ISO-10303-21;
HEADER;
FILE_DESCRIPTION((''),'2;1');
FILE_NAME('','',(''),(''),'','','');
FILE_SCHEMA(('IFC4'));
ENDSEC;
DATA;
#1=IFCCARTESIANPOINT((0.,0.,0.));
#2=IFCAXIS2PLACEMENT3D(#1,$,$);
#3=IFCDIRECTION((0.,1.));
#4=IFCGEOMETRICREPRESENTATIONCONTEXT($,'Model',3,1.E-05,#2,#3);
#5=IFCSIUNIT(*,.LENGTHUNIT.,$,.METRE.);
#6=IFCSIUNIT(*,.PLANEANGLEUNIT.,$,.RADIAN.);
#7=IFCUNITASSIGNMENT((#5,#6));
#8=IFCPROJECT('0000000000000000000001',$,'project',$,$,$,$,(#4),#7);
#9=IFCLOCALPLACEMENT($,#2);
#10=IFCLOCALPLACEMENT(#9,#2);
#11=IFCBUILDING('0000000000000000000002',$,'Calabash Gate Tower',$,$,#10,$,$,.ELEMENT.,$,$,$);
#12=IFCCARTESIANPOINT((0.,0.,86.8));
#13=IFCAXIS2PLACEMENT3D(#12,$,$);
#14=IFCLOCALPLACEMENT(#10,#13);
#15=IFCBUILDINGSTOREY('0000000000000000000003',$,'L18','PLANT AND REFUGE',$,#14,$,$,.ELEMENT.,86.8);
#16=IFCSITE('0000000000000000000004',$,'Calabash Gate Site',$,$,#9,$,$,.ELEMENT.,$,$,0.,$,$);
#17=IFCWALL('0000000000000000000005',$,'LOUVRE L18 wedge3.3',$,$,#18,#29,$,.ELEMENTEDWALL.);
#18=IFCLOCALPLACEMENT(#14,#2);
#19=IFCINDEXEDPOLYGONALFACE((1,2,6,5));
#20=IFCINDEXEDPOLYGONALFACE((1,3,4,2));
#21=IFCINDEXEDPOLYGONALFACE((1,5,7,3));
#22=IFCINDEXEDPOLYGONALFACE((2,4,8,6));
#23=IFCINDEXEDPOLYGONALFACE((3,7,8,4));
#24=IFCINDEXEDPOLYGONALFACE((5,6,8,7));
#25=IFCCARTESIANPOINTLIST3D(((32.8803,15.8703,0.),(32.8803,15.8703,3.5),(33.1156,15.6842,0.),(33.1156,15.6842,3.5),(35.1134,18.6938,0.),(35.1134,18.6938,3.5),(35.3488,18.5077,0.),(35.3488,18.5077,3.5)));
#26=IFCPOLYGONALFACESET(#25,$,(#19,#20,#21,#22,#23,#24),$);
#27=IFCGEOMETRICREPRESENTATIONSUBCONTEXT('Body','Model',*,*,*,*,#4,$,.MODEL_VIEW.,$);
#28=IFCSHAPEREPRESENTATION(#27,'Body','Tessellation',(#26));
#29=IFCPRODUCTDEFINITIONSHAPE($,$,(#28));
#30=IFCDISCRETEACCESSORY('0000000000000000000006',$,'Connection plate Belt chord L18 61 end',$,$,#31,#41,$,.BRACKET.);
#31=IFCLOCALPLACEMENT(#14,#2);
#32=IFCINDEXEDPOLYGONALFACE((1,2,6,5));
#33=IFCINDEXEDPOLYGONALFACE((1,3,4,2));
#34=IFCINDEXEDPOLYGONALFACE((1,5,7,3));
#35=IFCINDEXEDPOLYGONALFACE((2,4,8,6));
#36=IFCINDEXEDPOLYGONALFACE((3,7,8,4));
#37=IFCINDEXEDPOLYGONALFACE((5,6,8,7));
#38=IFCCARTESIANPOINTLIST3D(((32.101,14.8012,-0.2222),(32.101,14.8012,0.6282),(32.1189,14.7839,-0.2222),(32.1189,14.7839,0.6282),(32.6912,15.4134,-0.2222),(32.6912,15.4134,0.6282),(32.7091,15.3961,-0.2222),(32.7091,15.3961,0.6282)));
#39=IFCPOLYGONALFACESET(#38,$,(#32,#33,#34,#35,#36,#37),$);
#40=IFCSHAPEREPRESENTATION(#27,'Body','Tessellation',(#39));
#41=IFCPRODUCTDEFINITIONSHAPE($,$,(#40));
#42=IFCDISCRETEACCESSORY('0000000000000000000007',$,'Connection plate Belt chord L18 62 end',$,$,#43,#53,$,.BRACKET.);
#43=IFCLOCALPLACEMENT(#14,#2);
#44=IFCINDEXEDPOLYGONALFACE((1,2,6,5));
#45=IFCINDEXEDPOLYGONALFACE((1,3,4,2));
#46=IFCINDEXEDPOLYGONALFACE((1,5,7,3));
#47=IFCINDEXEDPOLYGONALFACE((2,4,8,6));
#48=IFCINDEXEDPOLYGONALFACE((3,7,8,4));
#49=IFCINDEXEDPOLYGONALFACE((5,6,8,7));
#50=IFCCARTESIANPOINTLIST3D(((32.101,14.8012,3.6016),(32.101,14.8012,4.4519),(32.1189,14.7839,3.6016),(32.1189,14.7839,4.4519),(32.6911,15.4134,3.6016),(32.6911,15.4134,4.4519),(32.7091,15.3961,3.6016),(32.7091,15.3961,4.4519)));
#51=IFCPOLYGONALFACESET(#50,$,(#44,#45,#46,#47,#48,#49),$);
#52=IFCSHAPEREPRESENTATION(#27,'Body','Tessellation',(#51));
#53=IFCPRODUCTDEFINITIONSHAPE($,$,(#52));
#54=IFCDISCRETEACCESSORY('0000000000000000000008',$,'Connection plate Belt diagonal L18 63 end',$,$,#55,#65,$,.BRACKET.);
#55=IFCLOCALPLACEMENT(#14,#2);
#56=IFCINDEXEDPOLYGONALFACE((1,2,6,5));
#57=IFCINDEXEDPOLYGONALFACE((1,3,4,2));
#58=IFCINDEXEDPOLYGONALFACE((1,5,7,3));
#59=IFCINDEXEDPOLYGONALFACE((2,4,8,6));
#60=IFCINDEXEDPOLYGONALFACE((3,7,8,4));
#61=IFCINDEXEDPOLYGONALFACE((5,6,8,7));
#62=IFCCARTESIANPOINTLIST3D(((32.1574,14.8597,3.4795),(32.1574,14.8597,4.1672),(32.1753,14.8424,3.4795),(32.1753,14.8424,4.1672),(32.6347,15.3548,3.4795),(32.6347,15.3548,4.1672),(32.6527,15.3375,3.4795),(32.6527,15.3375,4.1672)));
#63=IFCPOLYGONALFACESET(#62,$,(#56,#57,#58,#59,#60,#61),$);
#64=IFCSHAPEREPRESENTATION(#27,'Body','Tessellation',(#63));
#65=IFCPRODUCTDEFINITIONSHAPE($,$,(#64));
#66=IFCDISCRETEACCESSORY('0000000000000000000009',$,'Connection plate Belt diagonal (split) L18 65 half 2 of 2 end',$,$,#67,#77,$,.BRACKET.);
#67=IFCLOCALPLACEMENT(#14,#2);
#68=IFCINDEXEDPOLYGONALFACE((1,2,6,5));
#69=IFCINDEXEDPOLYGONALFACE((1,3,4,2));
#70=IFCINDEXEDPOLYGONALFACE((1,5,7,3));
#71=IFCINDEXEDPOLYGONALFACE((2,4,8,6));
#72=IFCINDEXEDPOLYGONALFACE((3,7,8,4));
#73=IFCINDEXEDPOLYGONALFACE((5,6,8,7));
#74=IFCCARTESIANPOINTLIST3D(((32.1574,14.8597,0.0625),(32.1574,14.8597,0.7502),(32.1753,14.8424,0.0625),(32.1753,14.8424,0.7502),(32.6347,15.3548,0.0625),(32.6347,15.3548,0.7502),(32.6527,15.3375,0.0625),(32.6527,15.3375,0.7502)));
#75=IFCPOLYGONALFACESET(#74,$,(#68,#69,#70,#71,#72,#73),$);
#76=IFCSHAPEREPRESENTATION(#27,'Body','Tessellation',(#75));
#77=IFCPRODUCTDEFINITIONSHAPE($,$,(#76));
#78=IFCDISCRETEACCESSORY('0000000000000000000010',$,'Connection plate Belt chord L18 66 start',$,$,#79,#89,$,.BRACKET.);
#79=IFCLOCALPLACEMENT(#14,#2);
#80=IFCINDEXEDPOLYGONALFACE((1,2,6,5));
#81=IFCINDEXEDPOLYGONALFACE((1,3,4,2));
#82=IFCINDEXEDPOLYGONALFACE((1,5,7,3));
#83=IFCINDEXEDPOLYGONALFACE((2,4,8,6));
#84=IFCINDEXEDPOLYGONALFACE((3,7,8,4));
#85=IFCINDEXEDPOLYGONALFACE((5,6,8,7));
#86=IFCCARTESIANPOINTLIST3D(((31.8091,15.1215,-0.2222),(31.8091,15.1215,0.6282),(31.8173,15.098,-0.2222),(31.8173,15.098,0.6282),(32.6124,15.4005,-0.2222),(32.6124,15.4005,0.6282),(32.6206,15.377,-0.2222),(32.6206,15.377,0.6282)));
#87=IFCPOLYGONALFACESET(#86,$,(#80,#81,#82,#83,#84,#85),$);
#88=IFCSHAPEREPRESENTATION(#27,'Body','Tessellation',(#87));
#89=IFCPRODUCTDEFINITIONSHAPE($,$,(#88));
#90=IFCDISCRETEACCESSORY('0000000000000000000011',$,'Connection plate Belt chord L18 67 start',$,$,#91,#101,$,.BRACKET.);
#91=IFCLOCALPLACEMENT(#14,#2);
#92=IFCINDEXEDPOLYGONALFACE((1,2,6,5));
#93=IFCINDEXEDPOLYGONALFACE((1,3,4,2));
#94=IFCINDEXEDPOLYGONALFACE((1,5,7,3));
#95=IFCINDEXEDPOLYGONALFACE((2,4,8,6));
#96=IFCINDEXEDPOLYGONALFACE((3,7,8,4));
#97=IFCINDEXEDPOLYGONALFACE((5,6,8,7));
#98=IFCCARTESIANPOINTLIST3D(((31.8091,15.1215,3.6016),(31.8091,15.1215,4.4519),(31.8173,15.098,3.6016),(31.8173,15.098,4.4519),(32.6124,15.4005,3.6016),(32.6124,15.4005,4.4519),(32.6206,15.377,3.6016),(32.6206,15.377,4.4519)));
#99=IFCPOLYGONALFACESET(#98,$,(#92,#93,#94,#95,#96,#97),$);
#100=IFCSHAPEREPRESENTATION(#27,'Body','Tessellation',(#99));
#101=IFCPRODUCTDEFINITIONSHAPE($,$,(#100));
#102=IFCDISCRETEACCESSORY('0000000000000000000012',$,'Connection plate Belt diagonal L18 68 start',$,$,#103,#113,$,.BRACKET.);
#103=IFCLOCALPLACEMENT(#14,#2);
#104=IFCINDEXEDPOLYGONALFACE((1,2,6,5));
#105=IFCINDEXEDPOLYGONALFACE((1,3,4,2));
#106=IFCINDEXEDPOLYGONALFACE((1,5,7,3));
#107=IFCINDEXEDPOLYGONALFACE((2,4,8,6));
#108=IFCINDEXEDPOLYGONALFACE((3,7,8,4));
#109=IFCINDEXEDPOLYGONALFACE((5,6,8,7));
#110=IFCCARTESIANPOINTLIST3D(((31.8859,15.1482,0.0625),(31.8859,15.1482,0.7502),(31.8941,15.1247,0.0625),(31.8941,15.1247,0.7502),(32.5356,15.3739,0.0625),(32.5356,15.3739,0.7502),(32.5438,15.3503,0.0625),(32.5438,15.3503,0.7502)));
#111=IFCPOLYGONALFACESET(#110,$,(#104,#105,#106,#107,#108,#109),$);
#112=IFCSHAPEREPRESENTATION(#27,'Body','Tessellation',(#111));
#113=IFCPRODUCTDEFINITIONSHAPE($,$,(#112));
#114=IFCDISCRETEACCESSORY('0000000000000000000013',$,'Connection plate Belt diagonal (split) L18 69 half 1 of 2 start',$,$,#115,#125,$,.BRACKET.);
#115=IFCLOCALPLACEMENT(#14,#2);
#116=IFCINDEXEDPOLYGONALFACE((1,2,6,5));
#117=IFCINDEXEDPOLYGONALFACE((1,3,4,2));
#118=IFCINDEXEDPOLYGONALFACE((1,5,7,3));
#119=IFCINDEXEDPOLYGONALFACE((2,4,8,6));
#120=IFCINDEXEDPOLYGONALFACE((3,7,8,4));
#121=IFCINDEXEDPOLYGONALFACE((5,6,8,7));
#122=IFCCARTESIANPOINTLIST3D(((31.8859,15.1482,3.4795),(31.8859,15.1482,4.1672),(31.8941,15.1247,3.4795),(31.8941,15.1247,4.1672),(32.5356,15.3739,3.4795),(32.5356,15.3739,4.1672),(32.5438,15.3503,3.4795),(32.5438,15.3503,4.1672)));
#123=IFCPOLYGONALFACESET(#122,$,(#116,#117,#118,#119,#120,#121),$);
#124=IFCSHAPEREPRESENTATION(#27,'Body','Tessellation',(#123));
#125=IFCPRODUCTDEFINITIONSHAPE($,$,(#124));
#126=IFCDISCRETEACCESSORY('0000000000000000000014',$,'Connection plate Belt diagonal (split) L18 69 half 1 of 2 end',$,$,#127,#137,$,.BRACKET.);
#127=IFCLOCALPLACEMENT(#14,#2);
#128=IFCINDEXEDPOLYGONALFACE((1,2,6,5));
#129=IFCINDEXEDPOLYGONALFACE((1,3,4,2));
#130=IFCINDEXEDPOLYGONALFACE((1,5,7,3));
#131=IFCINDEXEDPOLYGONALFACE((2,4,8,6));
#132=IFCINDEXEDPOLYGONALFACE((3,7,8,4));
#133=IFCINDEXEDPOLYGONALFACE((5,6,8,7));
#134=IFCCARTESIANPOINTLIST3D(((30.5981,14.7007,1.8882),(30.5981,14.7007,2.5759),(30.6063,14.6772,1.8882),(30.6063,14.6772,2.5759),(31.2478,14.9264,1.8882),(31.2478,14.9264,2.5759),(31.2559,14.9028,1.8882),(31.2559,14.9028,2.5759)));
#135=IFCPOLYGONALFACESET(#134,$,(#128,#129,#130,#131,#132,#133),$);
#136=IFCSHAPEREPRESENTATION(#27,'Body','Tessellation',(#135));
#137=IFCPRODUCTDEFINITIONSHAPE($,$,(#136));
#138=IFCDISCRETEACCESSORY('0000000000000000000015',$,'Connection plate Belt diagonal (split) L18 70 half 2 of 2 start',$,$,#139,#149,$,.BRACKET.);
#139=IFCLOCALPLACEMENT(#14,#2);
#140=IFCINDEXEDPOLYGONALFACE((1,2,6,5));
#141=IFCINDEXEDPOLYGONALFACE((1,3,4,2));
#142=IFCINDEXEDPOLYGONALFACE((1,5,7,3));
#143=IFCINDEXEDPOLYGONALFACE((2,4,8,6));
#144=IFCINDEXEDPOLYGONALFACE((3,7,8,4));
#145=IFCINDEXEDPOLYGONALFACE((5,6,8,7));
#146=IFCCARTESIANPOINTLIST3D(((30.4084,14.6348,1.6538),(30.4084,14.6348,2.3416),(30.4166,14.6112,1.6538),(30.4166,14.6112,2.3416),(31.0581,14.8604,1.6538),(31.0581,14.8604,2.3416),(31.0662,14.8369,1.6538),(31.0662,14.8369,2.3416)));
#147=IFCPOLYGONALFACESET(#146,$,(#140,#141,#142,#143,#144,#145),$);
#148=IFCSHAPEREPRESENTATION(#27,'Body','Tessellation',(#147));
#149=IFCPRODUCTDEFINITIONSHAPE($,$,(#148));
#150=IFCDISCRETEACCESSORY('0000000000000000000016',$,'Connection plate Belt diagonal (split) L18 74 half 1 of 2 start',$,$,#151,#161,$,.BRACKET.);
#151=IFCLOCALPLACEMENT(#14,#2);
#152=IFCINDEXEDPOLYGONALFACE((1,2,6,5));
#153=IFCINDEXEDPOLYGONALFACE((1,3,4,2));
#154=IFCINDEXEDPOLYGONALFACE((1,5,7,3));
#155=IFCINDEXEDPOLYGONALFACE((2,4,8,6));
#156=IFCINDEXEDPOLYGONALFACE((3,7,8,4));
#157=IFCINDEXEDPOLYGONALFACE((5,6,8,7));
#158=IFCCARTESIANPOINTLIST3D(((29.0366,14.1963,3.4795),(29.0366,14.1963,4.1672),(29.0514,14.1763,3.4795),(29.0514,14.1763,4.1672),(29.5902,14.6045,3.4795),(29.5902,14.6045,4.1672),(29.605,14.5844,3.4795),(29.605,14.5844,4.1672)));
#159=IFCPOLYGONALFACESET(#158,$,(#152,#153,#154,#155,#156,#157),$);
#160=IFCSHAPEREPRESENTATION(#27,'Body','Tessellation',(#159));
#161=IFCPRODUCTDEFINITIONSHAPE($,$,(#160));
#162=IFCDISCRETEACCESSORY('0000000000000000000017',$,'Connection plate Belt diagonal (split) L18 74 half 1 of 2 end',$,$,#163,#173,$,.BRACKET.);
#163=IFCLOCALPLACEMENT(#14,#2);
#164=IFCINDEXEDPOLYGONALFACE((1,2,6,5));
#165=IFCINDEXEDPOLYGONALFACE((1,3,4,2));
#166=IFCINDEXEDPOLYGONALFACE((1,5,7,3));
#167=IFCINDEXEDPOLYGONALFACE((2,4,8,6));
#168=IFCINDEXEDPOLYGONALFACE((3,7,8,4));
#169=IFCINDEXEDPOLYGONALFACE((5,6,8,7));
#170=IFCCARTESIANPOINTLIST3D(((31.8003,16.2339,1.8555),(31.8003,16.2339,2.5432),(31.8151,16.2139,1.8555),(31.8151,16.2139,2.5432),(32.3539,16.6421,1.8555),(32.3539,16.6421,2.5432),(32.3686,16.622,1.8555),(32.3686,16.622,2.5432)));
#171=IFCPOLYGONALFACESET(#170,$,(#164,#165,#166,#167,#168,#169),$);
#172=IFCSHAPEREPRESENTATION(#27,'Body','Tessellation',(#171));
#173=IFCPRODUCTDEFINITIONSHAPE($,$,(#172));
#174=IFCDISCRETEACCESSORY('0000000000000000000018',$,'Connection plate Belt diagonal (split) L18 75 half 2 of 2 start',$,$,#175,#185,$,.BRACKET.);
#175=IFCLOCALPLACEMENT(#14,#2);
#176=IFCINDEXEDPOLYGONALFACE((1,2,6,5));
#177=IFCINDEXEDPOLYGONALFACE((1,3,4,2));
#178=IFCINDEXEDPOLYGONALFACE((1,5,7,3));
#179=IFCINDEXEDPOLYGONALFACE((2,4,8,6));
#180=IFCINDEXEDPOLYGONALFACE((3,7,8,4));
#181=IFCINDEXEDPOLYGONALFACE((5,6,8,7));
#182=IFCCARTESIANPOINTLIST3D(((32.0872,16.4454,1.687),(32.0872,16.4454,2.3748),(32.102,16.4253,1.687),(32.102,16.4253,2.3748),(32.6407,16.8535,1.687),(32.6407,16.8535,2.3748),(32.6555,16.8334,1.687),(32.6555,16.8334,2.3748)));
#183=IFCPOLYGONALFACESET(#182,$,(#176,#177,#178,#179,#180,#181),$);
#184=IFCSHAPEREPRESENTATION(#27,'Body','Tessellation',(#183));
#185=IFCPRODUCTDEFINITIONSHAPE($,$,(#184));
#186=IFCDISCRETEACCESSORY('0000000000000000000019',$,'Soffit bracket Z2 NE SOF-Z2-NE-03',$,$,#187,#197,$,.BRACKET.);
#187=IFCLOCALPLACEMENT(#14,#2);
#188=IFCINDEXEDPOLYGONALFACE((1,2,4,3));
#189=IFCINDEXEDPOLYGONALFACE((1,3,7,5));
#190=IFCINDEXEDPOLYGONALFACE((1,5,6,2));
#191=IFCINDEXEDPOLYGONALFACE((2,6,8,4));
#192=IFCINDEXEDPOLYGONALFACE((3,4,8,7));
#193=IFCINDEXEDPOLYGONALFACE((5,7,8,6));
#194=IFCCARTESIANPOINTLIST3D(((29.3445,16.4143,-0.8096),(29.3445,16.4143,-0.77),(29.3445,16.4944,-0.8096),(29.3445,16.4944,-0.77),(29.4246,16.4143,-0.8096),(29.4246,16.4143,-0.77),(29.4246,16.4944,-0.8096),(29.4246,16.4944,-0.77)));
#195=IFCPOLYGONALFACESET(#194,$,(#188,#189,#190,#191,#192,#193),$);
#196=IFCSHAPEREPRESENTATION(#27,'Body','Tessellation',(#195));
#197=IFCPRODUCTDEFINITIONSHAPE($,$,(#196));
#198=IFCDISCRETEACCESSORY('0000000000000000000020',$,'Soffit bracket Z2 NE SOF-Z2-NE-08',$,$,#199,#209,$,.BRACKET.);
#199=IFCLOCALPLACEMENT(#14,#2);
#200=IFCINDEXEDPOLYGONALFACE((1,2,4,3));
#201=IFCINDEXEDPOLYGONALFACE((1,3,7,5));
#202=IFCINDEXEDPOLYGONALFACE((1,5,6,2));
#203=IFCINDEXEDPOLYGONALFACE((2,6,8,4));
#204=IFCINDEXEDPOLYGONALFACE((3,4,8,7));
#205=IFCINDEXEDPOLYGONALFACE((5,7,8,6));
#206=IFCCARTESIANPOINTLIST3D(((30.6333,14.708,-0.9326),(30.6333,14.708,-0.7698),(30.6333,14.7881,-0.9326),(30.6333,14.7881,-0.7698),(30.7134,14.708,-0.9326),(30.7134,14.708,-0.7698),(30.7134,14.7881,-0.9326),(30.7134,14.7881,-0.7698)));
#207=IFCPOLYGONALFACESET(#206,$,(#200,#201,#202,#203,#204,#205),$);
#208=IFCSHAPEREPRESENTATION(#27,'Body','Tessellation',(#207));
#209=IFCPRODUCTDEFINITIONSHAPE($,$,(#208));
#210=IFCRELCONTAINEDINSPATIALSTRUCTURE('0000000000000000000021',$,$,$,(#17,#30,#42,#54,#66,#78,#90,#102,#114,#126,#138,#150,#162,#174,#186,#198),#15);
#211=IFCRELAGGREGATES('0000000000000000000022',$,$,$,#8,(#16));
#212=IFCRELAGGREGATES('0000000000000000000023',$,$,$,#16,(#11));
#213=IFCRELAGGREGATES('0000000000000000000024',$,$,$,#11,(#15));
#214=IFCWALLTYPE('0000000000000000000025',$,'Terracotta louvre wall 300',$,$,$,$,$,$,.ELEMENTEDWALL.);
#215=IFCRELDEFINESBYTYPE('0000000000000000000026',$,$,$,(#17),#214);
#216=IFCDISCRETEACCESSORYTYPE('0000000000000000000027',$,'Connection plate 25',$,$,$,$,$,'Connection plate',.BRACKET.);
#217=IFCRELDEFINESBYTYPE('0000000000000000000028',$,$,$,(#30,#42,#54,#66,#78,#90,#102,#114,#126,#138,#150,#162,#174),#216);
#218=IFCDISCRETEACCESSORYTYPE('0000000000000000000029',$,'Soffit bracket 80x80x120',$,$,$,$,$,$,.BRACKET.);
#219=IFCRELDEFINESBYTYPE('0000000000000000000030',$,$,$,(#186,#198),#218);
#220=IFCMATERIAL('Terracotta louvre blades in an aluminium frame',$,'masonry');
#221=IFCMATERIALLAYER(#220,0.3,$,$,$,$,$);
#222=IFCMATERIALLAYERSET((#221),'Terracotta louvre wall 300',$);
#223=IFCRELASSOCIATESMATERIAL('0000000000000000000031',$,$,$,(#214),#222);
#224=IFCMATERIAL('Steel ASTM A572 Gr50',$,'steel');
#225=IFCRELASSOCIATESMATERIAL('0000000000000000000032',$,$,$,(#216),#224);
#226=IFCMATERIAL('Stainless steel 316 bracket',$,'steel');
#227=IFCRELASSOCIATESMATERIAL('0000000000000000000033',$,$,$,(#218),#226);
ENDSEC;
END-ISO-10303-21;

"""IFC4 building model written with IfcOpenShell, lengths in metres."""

from ifc_helpers import new_model, si_unit, direction, frame, frame_2d, origin, origin_2d, place, context, subcontext, project, spatial, rectangle, extrude, material, layer, layer_set, type_object, element, save


model = new_model("IFC4")

# Units and contexts
model_context = context("Model", 3, precision=1e-05, world=origin(), true_north=direction((0.0, 1.0)))
body_context = subcontext(model_context, "Body", "Model", "MODEL_VIEW")
ifc_project = project(units=[si_unit("LENGTHUNIT", "METRE"), si_unit("PLANEANGLEUNIT", "RADIAN")], contexts=[model_context])

# Site, building, storey
site_placement = place(None, origin())
site = spatial("IfcSite", under=ifc_project, at=site_placement, Name="Calabash Gate Site", CompositionType="ELEMENT", RefElevation=0.0)
building_placement = place(site_placement, origin())
building = spatial("IfcBuilding", under=site, at=building_placement, Name="Calabash Gate Tower", CompositionType="ELEMENT")
storey_placement = place(building_placement, frame((0.0, 0.0, 86.8)))
storey = spatial("IfcBuildingStorey", under=building, at=storey_placement, Name="L18", Description="PLANT AND REFUGE", CompositionType="ELEMENT", Elevation=86.8)

# Wall
ifc_material_1 = material(Name="Terracotta louvre blades in an aluminium frame", Category="masonry")
ifc_layer_1 = layer(ifc_material_1, 0.3)
ifc_layer_set_1 = layer_set([ifc_layer_1], Name="Terracotta louvre wall 300")
wall_type = type_object("IfcWallType", Name="Terracotta louvre wall 300", PredefinedType="ELEMENTEDWALL", material=ifc_layer_set_1)
wall_placement = place(storey_placement, frame((32.998, 15.7773, 0.0), z_axis=(0.0, 0.0, 1.0), x_axis=(0.620343, 0.78433, 0.0)))
element("IfcWall", 1, at=wall_placement, inside=storey, type_object=wall_type, Name="LOUVRE L18 wedge3.3", PredefinedType="ELEMENTEDWALL", context=body_context, shape_type="SweptSolid", body=[
    extrude(rectangle(XDim=3.5999, YDim=0.3, at=frame_2d((1.7998, 0.0))), origin(), (0.0, 0.0, 1.0), 3.5),
])

# Discrete accessories
ifc_material_2 = material(Name="Steel ASTM A572 Gr50", Category="steel")
discrete_accessory_type_1 = type_object("IfcDiscreteAccessoryType", Name="Connection plate 25", ElementType="Connection plate", PredefinedType="BRACKET", material=ifc_material_2)
for number, where, z_axis, x_axis, name in (
    (2, (32.405, 15.0986, -0.2222), (0.0, 0.0, 1.0), (0.694062, 0.719915, 0.0), "Connection plate Belt chord L18 61 end"),
    (3, (32.405, 15.0986, 3.6016), (0.0, 0.0, 1.0), (0.694001, 0.719974, 0.0), "Connection plate Belt chord L18 62 end"),
):
    element("IfcDiscreteAccessory", number, at=place(storey_placement, frame(where, z_axis=z_axis, x_axis=x_axis)), inside=storey, type_object=discrete_accessory_type_1, Name=name, PredefinedType="BRACKET", context=body_context, shape_type="SweptSolid", body=[
        extrude(rectangle(XDim=0.8503, YDim=0.0249, at=origin_2d()), origin(), (0.0, 0.0, 1.0), 0.8503),
    ])
for number, where, z_axis, x_axis, name in (
    (4, (32.405, 15.0986, 3.4795), (0.0, 0.0, 1.0), (0.694062, 0.719915, 0.0), "Connection plate Belt diagonal L18 63 end"),
    (5, (32.405, 15.0986, 0.0625), (0.0, 0.0, 1.0), (0.694062, 0.719915, 0.0), "Connection plate Belt diagonal (split) L18 65 half 2 of 2 end"),
):
    element("IfcDiscreteAccessory", number, at=place(storey_placement, frame(where, z_axis=z_axis, x_axis=x_axis)), inside=storey, type_object=discrete_accessory_type_1, Name=name, PredefinedType="BRACKET", context=body_context, shape_type="SweptSolid", body=[
        extrude(rectangle(XDim=0.6877, YDim=0.0249, at=origin_2d()), origin(), (0.0, 0.0, 1.0), 0.6877),
    ])
for number, where, z_axis, x_axis, name in (
    (6, (32.2148, 15.2493, -0.2222), (0.0, 0.0, 1.0), (-0.944637, -0.328118, 0.0), "Connection plate Belt chord L18 66 start"),
    (7, (32.2148, 15.2493, 3.6016), (0.0, 0.0, 1.0), (-0.944637, -0.328118, 0.0), "Connection plate Belt chord L18 67 start"),
):
    element("IfcDiscreteAccessory", number, at=place(storey_placement, frame(where, z_axis=z_axis, x_axis=x_axis)), inside=storey, type_object=discrete_accessory_type_1, Name=name, PredefinedType="BRACKET", context=body_context, shape_type="SweptSolid", body=[
        extrude(rectangle(XDim=0.8503, YDim=0.0249, at=origin_2d()), origin(), (0.0, 0.0, 1.0), 0.8503),
    ])
for number, where, z_axis, x_axis, name in (
    (8, (32.2148, 15.2493, 0.0625), (0.0, 0.0, 1.0), (-0.944637, -0.328118, 0.0), "Connection plate Belt diagonal L18 68 start"),
    (9, (32.2148, 15.2493, 3.4795), (0.0, 0.0, 1.0), (-0.944637, -0.328118, 0.0), "Connection plate Belt diagonal (split) L18 69 half 1 of 2 start"),
    (10, (30.927, 14.8018, 1.8882), (0.0, 0.0, 1.0), (-0.944637, -0.328118, 0.0), "Connection plate Belt diagonal (split) L18 69 half 1 of 2 end"),
    (11, (30.7373, 14.7358, 1.6538), (0.0, 0.0, 1.0), (-0.944637, -0.328118, 0.0), "Connection plate Belt diagonal (split) L18 70 half 2 of 2 start"),
    (12, (29.3208, 14.3904, 3.4795), (0.0, 0.0, 1.0), (0.80488, 0.593438, 0.0), "Connection plate Belt diagonal (split) L18 74 half 1 of 2 start"),
    (13, (32.0845, 16.428, 1.8555), (0.0, 0.0, 1.0), (0.80488, 0.593438, 0.0), "Connection plate Belt diagonal (split) L18 74 half 1 of 2 end"),
    (14, (32.3713, 16.6394, 1.687), (0.0, 0.0, 1.0), (0.80488, 0.593438, 0.0), "Connection plate Belt diagonal (split) L18 75 half 2 of 2 start"),
):
    element("IfcDiscreteAccessory", number, at=place(storey_placement, frame(where, z_axis=z_axis, x_axis=x_axis)), inside=storey, type_object=discrete_accessory_type_1, Name=name, PredefinedType="BRACKET", context=body_context, shape_type="SweptSolid", body=[
        extrude(rectangle(XDim=0.6877, YDim=0.0249, at=origin_2d()), origin(), (0.0, 0.0, 1.0), 0.6877),
    ])
ifc_material_3 = material(Name="Stainless steel 316 bracket", Category="steel")
discrete_accessory_type_2 = type_object("IfcDiscreteAccessoryType", Name="Soffit bracket 80x80x120", PredefinedType="BRACKET", material=ifc_material_3)
discrete_accessory_1_placement = place(storey_placement, frame((29.3845, 16.4543, -0.8096), z_axis=(0.0, 0.0, 1.0), x_axis=(1.0, 0.0, 0.0)))
element("IfcDiscreteAccessory", 15, at=discrete_accessory_1_placement, inside=storey, type_object=discrete_accessory_type_2, Name="Soffit bracket Z2 NE SOF-Z2-NE-03", PredefinedType="BRACKET", context=body_context, shape_type="SweptSolid", body=[
    extrude(rectangle(XDim=0.0801, YDim=0.0801, at=origin_2d()), origin(), (0.0, 0.0, 1.0), 0.0396),
])
discrete_accessory_2_placement = place(storey_placement, frame((30.6733, 14.748, -0.9326), z_axis=(0.0, 0.0, 1.0), x_axis=(1.0, 0.0, 0.0)))
element("IfcDiscreteAccessory", 16, at=discrete_accessory_2_placement, inside=storey, type_object=discrete_accessory_type_2, Name="Soffit bracket Z2 NE SOF-Z2-NE-08", PredefinedType="BRACKET", context=body_context, shape_type="SweptSolid", body=[
    extrude(rectangle(XDim=0.0801, YDim=0.0801, at=origin_2d()), origin(), (0.0, 0.0, 1.0), 0.1628),
])

save(model, "model.ifc")
